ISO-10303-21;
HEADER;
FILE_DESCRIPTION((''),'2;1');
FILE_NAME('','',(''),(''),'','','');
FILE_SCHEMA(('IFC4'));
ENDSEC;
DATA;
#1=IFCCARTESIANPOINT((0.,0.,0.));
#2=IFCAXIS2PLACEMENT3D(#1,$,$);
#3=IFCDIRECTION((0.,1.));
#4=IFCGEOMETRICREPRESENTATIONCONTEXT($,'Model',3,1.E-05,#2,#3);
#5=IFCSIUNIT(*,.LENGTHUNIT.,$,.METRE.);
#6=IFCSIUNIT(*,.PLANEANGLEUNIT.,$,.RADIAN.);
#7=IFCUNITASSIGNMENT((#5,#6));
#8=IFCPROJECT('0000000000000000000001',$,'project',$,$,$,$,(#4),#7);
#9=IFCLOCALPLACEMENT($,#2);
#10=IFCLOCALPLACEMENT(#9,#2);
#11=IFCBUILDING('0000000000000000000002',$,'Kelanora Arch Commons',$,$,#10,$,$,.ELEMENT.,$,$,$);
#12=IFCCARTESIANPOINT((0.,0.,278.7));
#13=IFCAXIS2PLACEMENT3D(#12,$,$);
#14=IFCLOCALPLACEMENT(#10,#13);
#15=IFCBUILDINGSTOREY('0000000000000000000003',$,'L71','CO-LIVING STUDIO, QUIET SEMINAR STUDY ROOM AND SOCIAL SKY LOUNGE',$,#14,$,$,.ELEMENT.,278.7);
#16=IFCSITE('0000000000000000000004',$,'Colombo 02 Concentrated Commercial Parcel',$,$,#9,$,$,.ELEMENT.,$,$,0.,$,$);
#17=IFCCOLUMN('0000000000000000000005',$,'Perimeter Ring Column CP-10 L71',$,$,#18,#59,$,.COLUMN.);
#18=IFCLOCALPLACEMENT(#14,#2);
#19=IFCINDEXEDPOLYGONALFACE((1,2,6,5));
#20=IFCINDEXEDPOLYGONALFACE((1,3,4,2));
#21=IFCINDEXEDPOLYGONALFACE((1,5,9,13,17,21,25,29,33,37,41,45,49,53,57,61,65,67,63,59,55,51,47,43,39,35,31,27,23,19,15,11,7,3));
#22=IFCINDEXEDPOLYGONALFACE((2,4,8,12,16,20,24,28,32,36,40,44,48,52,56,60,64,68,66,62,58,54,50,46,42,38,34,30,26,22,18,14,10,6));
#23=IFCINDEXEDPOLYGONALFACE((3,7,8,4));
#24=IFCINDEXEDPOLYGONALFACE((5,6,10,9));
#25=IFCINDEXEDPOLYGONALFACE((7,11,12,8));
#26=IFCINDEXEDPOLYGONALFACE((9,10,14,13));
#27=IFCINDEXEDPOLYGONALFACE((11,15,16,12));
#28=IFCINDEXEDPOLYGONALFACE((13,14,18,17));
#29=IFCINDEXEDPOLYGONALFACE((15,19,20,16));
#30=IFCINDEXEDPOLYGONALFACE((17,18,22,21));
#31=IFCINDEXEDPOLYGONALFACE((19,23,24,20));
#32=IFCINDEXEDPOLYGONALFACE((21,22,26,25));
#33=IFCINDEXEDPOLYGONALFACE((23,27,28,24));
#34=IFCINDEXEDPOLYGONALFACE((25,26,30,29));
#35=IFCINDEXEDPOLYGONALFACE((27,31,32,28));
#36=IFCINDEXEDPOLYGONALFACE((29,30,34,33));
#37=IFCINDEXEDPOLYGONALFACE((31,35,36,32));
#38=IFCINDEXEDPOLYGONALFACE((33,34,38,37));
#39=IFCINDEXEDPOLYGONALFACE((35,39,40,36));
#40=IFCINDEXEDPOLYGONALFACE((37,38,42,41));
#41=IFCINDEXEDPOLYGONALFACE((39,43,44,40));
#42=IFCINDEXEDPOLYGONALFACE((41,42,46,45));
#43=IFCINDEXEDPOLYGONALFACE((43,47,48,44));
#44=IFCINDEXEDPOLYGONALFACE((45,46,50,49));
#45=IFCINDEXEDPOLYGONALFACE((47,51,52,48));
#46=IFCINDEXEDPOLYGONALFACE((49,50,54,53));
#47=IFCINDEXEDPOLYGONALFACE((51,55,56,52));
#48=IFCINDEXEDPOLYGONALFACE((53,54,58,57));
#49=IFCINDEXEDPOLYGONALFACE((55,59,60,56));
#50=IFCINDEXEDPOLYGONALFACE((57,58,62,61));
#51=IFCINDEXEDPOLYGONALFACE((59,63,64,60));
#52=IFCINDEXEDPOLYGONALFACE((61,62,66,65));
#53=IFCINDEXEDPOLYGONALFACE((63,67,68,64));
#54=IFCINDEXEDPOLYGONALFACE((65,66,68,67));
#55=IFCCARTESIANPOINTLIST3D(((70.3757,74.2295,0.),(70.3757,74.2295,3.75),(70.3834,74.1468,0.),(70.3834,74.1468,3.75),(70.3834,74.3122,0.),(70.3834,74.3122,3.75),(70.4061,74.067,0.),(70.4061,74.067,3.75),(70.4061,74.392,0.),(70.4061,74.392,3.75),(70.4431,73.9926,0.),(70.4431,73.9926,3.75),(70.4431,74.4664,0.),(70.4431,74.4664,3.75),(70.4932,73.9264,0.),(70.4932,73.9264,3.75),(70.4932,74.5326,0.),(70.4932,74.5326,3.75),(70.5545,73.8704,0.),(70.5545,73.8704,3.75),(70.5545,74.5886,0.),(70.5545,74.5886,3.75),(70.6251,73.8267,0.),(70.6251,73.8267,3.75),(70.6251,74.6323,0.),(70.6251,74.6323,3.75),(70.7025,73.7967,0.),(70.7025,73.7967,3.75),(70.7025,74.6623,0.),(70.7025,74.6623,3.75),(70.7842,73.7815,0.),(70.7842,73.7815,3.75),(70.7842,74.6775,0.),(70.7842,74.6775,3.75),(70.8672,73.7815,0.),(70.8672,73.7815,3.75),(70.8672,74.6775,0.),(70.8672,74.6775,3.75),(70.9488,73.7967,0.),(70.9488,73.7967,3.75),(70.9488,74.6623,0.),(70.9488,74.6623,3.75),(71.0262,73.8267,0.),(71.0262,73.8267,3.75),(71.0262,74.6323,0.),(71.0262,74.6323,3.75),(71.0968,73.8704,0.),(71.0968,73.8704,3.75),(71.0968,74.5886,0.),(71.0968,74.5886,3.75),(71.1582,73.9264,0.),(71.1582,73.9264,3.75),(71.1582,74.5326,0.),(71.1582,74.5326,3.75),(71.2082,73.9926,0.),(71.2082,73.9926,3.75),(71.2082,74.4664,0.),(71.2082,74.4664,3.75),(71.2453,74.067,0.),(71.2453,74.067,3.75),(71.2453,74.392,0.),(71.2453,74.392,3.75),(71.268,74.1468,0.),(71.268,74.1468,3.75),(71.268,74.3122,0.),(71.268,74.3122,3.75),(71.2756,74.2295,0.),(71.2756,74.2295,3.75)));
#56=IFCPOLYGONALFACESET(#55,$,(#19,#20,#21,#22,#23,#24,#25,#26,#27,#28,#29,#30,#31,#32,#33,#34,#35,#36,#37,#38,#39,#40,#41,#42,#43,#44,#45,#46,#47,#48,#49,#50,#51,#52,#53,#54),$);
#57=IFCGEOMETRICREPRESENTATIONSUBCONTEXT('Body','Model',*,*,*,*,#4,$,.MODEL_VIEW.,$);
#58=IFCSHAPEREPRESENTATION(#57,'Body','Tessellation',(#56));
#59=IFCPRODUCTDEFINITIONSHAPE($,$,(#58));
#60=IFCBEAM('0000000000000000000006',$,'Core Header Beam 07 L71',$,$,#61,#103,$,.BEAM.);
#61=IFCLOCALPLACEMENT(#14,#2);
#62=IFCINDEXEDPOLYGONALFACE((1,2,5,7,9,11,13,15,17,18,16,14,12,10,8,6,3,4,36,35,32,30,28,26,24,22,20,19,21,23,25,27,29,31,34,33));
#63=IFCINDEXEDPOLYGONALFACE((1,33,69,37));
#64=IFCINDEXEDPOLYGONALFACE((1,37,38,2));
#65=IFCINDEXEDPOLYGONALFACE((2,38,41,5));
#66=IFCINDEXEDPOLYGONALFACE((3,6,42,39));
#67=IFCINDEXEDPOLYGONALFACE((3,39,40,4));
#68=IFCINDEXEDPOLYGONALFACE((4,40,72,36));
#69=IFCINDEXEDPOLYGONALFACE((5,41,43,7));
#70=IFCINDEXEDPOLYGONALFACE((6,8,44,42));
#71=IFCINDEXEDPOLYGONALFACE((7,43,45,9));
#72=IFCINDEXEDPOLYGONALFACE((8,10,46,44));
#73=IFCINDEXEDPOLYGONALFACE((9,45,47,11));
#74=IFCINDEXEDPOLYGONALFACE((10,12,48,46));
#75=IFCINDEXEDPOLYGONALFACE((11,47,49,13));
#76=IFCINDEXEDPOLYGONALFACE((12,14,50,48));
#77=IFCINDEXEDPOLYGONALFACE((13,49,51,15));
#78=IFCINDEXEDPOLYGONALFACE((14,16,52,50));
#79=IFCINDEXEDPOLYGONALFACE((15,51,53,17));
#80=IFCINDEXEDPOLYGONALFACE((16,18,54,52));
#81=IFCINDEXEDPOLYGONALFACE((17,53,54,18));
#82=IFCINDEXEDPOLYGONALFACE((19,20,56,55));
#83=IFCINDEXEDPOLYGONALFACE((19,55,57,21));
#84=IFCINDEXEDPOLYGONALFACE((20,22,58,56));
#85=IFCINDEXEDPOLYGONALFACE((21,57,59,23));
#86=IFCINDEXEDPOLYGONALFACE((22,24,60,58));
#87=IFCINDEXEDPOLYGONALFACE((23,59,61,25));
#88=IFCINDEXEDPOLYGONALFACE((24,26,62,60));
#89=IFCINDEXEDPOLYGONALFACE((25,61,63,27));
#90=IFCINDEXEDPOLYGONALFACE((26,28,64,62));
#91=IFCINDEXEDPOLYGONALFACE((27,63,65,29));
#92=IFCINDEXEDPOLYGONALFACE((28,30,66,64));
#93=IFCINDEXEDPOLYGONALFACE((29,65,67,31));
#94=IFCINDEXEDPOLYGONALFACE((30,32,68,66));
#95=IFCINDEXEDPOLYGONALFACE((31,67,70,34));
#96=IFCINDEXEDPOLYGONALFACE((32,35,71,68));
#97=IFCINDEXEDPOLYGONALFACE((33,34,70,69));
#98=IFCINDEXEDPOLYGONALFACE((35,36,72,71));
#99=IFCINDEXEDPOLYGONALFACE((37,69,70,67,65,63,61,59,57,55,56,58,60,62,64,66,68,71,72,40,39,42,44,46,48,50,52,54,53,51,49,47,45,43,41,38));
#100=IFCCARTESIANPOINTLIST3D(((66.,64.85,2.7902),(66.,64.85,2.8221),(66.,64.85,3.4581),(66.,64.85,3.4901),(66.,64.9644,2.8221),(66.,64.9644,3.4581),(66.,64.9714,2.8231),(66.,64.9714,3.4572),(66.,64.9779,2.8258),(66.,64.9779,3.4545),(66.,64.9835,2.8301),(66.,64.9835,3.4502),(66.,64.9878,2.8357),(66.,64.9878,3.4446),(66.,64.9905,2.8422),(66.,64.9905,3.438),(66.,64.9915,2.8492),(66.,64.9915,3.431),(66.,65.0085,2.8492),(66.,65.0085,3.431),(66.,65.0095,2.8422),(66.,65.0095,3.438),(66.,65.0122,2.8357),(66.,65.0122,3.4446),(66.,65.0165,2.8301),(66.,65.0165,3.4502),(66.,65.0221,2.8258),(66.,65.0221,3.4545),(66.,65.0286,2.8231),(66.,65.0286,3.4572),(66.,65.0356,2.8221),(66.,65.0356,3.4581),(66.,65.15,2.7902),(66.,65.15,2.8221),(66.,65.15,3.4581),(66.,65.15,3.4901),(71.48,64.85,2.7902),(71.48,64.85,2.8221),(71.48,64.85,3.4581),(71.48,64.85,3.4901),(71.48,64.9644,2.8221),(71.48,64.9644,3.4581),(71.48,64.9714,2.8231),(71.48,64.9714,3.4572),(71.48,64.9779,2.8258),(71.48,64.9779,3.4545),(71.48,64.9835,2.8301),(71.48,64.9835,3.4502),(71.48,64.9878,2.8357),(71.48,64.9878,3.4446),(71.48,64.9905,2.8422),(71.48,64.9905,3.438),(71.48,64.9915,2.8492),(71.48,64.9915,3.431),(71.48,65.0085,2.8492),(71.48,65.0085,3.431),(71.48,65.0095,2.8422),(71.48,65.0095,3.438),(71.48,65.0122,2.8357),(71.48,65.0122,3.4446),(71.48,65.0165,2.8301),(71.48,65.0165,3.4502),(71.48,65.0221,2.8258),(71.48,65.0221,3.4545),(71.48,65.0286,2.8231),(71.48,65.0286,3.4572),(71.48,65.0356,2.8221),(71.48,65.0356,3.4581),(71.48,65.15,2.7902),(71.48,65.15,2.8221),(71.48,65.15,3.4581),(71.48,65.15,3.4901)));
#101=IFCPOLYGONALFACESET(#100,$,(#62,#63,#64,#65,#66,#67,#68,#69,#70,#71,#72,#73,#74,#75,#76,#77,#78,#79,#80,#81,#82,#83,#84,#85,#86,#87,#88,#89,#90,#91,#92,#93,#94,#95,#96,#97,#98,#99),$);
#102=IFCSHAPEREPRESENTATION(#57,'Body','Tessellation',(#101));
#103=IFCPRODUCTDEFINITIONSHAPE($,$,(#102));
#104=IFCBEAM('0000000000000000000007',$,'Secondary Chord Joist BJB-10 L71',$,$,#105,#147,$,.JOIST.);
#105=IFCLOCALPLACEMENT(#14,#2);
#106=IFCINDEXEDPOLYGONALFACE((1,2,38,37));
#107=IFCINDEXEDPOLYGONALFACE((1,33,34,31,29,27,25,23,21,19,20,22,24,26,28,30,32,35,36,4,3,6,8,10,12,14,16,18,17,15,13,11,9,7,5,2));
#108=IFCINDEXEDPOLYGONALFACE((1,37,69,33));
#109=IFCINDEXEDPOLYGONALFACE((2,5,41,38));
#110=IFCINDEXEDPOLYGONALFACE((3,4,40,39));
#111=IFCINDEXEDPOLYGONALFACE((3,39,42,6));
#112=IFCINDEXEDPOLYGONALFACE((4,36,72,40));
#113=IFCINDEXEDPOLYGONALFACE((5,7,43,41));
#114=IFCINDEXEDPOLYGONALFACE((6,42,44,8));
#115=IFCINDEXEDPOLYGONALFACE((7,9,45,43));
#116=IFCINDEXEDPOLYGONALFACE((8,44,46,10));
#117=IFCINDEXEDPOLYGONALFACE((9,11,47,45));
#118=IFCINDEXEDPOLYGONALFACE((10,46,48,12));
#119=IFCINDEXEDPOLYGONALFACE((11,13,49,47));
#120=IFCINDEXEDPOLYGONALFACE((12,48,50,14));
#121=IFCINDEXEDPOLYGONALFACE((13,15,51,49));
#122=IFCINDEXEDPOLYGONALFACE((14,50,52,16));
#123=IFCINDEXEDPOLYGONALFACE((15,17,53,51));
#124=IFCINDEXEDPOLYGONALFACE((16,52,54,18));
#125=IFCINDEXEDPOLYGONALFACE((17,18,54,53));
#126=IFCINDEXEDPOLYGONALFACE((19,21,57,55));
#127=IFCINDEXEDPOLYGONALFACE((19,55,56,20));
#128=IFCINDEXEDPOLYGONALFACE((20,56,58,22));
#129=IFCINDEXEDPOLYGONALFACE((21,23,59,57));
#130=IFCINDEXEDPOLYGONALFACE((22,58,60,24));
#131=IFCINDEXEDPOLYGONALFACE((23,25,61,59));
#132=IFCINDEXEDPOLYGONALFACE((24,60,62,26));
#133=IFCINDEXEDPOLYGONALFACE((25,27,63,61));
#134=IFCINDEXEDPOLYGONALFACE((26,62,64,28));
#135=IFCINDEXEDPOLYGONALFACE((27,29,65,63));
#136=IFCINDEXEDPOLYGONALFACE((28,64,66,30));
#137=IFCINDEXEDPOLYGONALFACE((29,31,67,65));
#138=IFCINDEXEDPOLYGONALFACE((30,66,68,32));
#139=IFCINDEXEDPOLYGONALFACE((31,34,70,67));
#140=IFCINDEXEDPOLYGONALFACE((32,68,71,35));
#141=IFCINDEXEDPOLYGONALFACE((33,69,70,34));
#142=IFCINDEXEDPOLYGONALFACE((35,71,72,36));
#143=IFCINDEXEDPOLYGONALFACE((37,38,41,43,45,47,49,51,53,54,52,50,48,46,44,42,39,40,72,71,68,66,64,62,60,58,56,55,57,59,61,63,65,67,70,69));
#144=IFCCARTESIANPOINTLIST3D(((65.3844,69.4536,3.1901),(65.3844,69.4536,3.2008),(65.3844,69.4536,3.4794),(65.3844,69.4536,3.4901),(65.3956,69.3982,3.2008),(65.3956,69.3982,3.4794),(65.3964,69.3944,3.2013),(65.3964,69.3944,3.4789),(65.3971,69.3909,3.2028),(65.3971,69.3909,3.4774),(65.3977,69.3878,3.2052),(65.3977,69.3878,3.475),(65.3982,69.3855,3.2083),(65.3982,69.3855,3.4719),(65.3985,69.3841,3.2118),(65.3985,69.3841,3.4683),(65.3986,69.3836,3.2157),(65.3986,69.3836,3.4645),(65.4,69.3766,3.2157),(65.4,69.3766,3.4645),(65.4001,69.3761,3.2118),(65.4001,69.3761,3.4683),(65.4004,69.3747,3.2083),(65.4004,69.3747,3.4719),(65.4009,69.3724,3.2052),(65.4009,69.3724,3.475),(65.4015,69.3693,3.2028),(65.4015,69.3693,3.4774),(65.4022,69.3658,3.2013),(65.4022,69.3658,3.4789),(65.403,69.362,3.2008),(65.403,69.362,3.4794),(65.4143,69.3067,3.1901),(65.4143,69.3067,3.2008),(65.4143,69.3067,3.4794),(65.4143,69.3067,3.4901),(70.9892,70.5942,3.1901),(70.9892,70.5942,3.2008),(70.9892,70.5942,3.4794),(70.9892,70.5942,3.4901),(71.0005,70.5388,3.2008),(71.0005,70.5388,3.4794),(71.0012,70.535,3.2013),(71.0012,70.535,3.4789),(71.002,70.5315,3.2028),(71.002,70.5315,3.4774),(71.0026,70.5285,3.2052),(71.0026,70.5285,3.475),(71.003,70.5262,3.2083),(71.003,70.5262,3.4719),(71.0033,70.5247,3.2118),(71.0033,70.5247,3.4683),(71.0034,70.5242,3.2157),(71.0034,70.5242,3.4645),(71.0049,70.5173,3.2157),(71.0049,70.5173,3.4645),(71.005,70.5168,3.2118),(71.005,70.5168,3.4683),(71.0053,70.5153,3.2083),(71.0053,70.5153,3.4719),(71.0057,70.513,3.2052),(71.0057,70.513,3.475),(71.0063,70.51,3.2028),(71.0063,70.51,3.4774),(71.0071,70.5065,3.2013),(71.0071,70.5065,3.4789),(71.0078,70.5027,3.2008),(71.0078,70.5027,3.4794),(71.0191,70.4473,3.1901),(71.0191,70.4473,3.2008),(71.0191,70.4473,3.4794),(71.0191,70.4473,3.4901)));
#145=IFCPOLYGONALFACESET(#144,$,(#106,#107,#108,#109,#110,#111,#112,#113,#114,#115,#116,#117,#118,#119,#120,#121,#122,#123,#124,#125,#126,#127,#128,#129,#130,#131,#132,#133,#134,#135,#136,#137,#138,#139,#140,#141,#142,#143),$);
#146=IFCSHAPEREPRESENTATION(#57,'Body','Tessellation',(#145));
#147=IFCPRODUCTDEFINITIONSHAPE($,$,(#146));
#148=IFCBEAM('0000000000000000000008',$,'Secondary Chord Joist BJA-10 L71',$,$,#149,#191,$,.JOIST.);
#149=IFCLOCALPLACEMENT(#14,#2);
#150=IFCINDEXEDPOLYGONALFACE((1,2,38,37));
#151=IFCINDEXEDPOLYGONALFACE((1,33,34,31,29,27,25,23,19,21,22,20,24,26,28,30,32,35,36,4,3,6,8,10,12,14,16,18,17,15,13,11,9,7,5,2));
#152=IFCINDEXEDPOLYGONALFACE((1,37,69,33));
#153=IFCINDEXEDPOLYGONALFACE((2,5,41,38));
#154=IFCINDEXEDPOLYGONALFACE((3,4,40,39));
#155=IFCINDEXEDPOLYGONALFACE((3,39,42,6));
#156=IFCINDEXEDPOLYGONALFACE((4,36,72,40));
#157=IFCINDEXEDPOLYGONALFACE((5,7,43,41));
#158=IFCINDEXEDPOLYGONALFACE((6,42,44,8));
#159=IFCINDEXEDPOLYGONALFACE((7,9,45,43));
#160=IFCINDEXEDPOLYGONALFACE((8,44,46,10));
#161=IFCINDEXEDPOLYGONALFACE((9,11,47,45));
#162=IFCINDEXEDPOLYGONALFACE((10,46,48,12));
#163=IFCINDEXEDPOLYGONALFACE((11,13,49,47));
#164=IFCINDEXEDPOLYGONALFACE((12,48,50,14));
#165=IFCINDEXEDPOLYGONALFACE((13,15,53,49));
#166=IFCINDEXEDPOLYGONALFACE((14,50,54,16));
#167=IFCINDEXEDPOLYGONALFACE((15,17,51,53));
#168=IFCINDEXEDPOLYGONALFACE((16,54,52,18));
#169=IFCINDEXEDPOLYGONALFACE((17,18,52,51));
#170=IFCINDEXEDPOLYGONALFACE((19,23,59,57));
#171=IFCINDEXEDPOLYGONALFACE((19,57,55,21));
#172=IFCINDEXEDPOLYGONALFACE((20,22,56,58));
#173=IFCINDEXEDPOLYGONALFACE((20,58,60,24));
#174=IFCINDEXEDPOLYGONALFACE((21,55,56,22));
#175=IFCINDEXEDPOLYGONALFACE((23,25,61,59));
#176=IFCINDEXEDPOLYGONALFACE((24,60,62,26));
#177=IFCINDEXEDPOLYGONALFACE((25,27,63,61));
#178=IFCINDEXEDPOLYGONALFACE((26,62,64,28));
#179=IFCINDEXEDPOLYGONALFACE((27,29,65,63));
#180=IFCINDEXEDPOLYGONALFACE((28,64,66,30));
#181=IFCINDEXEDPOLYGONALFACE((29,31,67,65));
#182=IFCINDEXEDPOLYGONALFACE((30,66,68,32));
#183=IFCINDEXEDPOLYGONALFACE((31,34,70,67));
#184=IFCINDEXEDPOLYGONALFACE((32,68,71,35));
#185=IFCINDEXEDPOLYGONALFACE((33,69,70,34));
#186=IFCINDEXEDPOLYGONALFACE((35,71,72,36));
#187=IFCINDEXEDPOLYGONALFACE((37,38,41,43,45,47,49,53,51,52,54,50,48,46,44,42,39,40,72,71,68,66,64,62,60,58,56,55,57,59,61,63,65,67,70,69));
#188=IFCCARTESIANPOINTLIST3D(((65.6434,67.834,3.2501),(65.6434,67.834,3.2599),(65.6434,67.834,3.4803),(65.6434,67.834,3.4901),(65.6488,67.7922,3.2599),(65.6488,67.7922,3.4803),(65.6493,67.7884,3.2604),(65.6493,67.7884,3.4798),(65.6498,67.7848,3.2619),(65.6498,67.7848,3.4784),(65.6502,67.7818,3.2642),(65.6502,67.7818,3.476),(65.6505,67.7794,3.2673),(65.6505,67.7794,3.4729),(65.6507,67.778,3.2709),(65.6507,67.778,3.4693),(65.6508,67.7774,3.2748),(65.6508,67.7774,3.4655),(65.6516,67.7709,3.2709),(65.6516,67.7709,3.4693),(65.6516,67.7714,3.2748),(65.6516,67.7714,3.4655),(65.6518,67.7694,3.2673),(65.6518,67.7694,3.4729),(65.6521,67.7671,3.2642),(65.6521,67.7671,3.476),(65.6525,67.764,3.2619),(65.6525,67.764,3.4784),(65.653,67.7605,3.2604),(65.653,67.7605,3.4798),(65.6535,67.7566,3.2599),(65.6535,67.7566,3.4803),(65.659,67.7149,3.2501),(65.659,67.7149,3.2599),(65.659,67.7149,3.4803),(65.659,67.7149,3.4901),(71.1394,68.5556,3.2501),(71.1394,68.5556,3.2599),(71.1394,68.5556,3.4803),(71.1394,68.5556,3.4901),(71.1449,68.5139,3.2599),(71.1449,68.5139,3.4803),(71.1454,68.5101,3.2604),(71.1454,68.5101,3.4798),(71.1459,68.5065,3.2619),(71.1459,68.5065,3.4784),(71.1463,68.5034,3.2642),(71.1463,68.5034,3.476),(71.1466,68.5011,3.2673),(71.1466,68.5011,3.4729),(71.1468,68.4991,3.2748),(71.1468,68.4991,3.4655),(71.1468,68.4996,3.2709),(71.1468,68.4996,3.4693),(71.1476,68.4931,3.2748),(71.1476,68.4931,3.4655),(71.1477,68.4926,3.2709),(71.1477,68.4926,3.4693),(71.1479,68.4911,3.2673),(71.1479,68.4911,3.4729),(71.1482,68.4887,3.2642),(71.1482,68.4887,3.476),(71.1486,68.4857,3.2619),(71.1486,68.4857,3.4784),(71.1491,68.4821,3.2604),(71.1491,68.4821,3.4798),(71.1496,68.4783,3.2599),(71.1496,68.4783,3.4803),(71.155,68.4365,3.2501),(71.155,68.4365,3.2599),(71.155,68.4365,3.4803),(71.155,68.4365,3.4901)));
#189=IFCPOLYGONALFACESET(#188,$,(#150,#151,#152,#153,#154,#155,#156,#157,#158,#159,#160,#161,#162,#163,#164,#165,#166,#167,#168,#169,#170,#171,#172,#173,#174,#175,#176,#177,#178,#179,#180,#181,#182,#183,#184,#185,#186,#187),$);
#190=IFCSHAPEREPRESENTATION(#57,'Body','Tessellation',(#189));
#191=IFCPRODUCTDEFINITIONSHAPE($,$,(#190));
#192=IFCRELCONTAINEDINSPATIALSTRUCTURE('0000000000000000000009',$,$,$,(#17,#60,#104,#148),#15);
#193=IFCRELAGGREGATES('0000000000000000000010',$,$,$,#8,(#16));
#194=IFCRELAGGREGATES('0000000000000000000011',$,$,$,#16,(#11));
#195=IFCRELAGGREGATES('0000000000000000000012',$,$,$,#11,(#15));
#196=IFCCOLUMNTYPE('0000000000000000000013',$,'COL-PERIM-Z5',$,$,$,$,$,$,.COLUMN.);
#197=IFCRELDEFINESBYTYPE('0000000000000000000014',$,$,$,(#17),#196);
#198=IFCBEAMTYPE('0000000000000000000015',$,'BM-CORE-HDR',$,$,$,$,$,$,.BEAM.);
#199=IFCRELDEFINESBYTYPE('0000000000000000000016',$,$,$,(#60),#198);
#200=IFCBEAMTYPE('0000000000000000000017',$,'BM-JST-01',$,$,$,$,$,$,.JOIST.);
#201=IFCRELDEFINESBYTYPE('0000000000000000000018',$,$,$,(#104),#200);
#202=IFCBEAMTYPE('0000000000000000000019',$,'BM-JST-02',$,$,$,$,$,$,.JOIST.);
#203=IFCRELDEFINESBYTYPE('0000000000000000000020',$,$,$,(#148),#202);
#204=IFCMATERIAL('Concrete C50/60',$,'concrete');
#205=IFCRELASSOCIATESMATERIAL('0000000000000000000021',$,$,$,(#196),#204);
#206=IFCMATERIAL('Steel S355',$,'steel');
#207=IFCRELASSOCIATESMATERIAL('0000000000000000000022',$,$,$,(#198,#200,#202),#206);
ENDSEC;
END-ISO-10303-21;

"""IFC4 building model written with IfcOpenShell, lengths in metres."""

from ifc_helpers import new_model, si_unit, direction, frame, origin, origin_2d, place, context, subcontext, project, spatial, circle, i_section, extrude, material, material_profile, profile_set, type_object, element, save


model = new_model("IFC4")

# Units and contexts
model_context = context("Model", 3, precision=1e-05, world=origin(), true_north=direction((0.0, 1.0)))
body_context = subcontext(model_context, "Body", "Model", "MODEL_VIEW")
ifc_project = project(units=[si_unit("LENGTHUNIT", "METRE"), si_unit("PLANEANGLEUNIT", "RADIAN")], contexts=[model_context])

# Site, building, storey
site_placement = place(None, origin())
site = spatial("IfcSite", under=ifc_project, at=site_placement, Name="Colombo 02 Concentrated Commercial Parcel", CompositionType="ELEMENT", RefElevation=0.0)
building_placement = place(site_placement, origin())
building = spatial("IfcBuilding", under=site, at=building_placement, Name="Kelanora Arch Commons", CompositionType="ELEMENT")
storey_placement = place(building_placement, frame((0.0, 0.0, 278.7)))
storey = spatial("IfcBuildingStorey", under=building, at=storey_placement, Name="L71", Description="CO-LIVING STUDIO, QUIET SEMINAR STUDY ROOM AND SOCIAL SKY LOUNGE", CompositionType="ELEMENT", Elevation=278.7)

# Column
ifc_material_1 = material(Name="Concrete C50/60", Category="concrete")
ifc_material_profile_1 = material_profile(ifc_material_1, circle(Radius=0.45, at=origin_2d()), Name="RCC900")
ifc_profile_set_1 = profile_set([ifc_material_profile_1], Name="Concrete C50/60")
column_type = type_object("IfcColumnType", Name="COL-PERIM-Z5", PredefinedType="COLUMN", material=ifc_profile_set_1)
column_placement = place(storey_placement, frame((70.8257, 74.2295, 0.0), z_axis=(0.0, 0.0, 1.0), x_axis=(1.0, 0.0, 0.0)))
element("IfcColumn", 1, at=column_placement, inside=storey, type_object=column_type, Name="Perimeter Ring Column CP-10 L71", PredefinedType="COLUMN", context=body_context, shape_type="SweptSolid", body=[
    extrude(circle(Radius=0.45, at=origin_2d()), origin(), (0.0, 0.0, 1.0), 3.75),
])

# Beams
ifc_material_2 = material(Name="Steel S355", Category="steel")
ifc_material_profile_2 = material_profile(ifc_material_2, i_section(OverallWidth=0.3, OverallDepth=0.7, WebThickness=0.0171, FlangeThickness=0.032, FilletRadius=0.0271, at=origin_2d()), Name="HEB700")
ifc_profile_set_2 = profile_set([ifc_material_profile_2], Name="Steel S355")
beam_type_1 = type_object("IfcBeamType", Name="BM-CORE-HDR", PredefinedType="BEAM", material=ifc_profile_set_2)
beam_1_placement = place(storey_placement, frame((71.48, 65.0, 3.1401), z_axis=(-1.0, 0.0, 0.0), x_axis=(0.0, -1.0, 0.0)))
element("IfcBeam", 2, at=beam_1_placement, inside=storey, type_object=beam_type_1, Name="Core Header Beam 07 L71", PredefinedType="BEAM", context=body_context, shape_type="SweptSolid", body=[
    extrude(i_section(OverallWidth=0.3, OverallDepth=0.7, WebThickness=0.0171, FlangeThickness=0.032, FilletRadius=0.0271, at=origin_2d()), origin(), (0.0, 0.0, 1.0), 5.48),
])
ifc_material_profile_3 = material_profile(ifc_material_2, i_section(OverallWidth=0.1499, OverallDepth=0.3, WebThickness=0.0071, FlangeThickness=0.0107, FilletRadius=0.0149, at=origin_2d()), Name="IPE300")
ifc_profile_set_3 = profile_set([ifc_material_profile_3], Name="Steel S355")
beam_type_2 = type_object("IfcBeamType", Name="BM-JST-01", PredefinedType="JOIST", material=ifc_profile_set_3)
beam_2_placement = place(storey_placement, frame((71.0042, 70.5208, 3.3401), z_axis=(-0.979913, -0.199423, 0.0), x_axis=(0.199423, -0.979913, 0.0)))
element("IfcBeam", 3, at=beam_2_placement, inside=storey, type_object=beam_type_2, Name="Secondary Chord Joist BJB-10 L71", PredefinedType="JOIST", context=body_context, shape_type="SweptSolid", body=[
    extrude(i_section(OverallWidth=0.1499, OverallDepth=0.3, WebThickness=0.0071, FlangeThickness=0.0107, FilletRadius=0.0149, at=origin_2d()), origin(), (0.0, 0.0, 1.0), 5.7197),
])
ifc_material_profile_4 = material_profile(ifc_material_2, i_section(OverallWidth=0.1201, OverallDepth=0.24, WebThickness=0.0061, FlangeThickness=0.0098, FilletRadius=0.0149, at=origin_2d()), Name="IPE240")
ifc_profile_set_4 = profile_set([ifc_material_profile_4], Name="Steel S355")
beam_type_3 = type_object("IfcBeamType", Name="BM-JST-02", PredefinedType="JOIST", material=ifc_profile_set_4)
beam_3_placement = place(storey_placement, frame((71.1472, 68.4961, 3.3701), z_axis=(-0.991489, -0.13019, 0.0), x_axis=(0.13019, -0.991489, 0.0)))
element("IfcBeam", 4, at=beam_3_placement, inside=storey, type_object=beam_type_3, Name="Secondary Chord Joist BJA-10 L71", PredefinedType="JOIST", context=body_context, shape_type="SweptSolid", body=[
    extrude(i_section(OverallWidth=0.1201, OverallDepth=0.24, WebThickness=0.0061, FlangeThickness=0.0098, FilletRadius=0.0149, at=origin_2d()), origin(), (0.0, 0.0, 1.0), 5.5432),
])

save(model, "model.ifc")
